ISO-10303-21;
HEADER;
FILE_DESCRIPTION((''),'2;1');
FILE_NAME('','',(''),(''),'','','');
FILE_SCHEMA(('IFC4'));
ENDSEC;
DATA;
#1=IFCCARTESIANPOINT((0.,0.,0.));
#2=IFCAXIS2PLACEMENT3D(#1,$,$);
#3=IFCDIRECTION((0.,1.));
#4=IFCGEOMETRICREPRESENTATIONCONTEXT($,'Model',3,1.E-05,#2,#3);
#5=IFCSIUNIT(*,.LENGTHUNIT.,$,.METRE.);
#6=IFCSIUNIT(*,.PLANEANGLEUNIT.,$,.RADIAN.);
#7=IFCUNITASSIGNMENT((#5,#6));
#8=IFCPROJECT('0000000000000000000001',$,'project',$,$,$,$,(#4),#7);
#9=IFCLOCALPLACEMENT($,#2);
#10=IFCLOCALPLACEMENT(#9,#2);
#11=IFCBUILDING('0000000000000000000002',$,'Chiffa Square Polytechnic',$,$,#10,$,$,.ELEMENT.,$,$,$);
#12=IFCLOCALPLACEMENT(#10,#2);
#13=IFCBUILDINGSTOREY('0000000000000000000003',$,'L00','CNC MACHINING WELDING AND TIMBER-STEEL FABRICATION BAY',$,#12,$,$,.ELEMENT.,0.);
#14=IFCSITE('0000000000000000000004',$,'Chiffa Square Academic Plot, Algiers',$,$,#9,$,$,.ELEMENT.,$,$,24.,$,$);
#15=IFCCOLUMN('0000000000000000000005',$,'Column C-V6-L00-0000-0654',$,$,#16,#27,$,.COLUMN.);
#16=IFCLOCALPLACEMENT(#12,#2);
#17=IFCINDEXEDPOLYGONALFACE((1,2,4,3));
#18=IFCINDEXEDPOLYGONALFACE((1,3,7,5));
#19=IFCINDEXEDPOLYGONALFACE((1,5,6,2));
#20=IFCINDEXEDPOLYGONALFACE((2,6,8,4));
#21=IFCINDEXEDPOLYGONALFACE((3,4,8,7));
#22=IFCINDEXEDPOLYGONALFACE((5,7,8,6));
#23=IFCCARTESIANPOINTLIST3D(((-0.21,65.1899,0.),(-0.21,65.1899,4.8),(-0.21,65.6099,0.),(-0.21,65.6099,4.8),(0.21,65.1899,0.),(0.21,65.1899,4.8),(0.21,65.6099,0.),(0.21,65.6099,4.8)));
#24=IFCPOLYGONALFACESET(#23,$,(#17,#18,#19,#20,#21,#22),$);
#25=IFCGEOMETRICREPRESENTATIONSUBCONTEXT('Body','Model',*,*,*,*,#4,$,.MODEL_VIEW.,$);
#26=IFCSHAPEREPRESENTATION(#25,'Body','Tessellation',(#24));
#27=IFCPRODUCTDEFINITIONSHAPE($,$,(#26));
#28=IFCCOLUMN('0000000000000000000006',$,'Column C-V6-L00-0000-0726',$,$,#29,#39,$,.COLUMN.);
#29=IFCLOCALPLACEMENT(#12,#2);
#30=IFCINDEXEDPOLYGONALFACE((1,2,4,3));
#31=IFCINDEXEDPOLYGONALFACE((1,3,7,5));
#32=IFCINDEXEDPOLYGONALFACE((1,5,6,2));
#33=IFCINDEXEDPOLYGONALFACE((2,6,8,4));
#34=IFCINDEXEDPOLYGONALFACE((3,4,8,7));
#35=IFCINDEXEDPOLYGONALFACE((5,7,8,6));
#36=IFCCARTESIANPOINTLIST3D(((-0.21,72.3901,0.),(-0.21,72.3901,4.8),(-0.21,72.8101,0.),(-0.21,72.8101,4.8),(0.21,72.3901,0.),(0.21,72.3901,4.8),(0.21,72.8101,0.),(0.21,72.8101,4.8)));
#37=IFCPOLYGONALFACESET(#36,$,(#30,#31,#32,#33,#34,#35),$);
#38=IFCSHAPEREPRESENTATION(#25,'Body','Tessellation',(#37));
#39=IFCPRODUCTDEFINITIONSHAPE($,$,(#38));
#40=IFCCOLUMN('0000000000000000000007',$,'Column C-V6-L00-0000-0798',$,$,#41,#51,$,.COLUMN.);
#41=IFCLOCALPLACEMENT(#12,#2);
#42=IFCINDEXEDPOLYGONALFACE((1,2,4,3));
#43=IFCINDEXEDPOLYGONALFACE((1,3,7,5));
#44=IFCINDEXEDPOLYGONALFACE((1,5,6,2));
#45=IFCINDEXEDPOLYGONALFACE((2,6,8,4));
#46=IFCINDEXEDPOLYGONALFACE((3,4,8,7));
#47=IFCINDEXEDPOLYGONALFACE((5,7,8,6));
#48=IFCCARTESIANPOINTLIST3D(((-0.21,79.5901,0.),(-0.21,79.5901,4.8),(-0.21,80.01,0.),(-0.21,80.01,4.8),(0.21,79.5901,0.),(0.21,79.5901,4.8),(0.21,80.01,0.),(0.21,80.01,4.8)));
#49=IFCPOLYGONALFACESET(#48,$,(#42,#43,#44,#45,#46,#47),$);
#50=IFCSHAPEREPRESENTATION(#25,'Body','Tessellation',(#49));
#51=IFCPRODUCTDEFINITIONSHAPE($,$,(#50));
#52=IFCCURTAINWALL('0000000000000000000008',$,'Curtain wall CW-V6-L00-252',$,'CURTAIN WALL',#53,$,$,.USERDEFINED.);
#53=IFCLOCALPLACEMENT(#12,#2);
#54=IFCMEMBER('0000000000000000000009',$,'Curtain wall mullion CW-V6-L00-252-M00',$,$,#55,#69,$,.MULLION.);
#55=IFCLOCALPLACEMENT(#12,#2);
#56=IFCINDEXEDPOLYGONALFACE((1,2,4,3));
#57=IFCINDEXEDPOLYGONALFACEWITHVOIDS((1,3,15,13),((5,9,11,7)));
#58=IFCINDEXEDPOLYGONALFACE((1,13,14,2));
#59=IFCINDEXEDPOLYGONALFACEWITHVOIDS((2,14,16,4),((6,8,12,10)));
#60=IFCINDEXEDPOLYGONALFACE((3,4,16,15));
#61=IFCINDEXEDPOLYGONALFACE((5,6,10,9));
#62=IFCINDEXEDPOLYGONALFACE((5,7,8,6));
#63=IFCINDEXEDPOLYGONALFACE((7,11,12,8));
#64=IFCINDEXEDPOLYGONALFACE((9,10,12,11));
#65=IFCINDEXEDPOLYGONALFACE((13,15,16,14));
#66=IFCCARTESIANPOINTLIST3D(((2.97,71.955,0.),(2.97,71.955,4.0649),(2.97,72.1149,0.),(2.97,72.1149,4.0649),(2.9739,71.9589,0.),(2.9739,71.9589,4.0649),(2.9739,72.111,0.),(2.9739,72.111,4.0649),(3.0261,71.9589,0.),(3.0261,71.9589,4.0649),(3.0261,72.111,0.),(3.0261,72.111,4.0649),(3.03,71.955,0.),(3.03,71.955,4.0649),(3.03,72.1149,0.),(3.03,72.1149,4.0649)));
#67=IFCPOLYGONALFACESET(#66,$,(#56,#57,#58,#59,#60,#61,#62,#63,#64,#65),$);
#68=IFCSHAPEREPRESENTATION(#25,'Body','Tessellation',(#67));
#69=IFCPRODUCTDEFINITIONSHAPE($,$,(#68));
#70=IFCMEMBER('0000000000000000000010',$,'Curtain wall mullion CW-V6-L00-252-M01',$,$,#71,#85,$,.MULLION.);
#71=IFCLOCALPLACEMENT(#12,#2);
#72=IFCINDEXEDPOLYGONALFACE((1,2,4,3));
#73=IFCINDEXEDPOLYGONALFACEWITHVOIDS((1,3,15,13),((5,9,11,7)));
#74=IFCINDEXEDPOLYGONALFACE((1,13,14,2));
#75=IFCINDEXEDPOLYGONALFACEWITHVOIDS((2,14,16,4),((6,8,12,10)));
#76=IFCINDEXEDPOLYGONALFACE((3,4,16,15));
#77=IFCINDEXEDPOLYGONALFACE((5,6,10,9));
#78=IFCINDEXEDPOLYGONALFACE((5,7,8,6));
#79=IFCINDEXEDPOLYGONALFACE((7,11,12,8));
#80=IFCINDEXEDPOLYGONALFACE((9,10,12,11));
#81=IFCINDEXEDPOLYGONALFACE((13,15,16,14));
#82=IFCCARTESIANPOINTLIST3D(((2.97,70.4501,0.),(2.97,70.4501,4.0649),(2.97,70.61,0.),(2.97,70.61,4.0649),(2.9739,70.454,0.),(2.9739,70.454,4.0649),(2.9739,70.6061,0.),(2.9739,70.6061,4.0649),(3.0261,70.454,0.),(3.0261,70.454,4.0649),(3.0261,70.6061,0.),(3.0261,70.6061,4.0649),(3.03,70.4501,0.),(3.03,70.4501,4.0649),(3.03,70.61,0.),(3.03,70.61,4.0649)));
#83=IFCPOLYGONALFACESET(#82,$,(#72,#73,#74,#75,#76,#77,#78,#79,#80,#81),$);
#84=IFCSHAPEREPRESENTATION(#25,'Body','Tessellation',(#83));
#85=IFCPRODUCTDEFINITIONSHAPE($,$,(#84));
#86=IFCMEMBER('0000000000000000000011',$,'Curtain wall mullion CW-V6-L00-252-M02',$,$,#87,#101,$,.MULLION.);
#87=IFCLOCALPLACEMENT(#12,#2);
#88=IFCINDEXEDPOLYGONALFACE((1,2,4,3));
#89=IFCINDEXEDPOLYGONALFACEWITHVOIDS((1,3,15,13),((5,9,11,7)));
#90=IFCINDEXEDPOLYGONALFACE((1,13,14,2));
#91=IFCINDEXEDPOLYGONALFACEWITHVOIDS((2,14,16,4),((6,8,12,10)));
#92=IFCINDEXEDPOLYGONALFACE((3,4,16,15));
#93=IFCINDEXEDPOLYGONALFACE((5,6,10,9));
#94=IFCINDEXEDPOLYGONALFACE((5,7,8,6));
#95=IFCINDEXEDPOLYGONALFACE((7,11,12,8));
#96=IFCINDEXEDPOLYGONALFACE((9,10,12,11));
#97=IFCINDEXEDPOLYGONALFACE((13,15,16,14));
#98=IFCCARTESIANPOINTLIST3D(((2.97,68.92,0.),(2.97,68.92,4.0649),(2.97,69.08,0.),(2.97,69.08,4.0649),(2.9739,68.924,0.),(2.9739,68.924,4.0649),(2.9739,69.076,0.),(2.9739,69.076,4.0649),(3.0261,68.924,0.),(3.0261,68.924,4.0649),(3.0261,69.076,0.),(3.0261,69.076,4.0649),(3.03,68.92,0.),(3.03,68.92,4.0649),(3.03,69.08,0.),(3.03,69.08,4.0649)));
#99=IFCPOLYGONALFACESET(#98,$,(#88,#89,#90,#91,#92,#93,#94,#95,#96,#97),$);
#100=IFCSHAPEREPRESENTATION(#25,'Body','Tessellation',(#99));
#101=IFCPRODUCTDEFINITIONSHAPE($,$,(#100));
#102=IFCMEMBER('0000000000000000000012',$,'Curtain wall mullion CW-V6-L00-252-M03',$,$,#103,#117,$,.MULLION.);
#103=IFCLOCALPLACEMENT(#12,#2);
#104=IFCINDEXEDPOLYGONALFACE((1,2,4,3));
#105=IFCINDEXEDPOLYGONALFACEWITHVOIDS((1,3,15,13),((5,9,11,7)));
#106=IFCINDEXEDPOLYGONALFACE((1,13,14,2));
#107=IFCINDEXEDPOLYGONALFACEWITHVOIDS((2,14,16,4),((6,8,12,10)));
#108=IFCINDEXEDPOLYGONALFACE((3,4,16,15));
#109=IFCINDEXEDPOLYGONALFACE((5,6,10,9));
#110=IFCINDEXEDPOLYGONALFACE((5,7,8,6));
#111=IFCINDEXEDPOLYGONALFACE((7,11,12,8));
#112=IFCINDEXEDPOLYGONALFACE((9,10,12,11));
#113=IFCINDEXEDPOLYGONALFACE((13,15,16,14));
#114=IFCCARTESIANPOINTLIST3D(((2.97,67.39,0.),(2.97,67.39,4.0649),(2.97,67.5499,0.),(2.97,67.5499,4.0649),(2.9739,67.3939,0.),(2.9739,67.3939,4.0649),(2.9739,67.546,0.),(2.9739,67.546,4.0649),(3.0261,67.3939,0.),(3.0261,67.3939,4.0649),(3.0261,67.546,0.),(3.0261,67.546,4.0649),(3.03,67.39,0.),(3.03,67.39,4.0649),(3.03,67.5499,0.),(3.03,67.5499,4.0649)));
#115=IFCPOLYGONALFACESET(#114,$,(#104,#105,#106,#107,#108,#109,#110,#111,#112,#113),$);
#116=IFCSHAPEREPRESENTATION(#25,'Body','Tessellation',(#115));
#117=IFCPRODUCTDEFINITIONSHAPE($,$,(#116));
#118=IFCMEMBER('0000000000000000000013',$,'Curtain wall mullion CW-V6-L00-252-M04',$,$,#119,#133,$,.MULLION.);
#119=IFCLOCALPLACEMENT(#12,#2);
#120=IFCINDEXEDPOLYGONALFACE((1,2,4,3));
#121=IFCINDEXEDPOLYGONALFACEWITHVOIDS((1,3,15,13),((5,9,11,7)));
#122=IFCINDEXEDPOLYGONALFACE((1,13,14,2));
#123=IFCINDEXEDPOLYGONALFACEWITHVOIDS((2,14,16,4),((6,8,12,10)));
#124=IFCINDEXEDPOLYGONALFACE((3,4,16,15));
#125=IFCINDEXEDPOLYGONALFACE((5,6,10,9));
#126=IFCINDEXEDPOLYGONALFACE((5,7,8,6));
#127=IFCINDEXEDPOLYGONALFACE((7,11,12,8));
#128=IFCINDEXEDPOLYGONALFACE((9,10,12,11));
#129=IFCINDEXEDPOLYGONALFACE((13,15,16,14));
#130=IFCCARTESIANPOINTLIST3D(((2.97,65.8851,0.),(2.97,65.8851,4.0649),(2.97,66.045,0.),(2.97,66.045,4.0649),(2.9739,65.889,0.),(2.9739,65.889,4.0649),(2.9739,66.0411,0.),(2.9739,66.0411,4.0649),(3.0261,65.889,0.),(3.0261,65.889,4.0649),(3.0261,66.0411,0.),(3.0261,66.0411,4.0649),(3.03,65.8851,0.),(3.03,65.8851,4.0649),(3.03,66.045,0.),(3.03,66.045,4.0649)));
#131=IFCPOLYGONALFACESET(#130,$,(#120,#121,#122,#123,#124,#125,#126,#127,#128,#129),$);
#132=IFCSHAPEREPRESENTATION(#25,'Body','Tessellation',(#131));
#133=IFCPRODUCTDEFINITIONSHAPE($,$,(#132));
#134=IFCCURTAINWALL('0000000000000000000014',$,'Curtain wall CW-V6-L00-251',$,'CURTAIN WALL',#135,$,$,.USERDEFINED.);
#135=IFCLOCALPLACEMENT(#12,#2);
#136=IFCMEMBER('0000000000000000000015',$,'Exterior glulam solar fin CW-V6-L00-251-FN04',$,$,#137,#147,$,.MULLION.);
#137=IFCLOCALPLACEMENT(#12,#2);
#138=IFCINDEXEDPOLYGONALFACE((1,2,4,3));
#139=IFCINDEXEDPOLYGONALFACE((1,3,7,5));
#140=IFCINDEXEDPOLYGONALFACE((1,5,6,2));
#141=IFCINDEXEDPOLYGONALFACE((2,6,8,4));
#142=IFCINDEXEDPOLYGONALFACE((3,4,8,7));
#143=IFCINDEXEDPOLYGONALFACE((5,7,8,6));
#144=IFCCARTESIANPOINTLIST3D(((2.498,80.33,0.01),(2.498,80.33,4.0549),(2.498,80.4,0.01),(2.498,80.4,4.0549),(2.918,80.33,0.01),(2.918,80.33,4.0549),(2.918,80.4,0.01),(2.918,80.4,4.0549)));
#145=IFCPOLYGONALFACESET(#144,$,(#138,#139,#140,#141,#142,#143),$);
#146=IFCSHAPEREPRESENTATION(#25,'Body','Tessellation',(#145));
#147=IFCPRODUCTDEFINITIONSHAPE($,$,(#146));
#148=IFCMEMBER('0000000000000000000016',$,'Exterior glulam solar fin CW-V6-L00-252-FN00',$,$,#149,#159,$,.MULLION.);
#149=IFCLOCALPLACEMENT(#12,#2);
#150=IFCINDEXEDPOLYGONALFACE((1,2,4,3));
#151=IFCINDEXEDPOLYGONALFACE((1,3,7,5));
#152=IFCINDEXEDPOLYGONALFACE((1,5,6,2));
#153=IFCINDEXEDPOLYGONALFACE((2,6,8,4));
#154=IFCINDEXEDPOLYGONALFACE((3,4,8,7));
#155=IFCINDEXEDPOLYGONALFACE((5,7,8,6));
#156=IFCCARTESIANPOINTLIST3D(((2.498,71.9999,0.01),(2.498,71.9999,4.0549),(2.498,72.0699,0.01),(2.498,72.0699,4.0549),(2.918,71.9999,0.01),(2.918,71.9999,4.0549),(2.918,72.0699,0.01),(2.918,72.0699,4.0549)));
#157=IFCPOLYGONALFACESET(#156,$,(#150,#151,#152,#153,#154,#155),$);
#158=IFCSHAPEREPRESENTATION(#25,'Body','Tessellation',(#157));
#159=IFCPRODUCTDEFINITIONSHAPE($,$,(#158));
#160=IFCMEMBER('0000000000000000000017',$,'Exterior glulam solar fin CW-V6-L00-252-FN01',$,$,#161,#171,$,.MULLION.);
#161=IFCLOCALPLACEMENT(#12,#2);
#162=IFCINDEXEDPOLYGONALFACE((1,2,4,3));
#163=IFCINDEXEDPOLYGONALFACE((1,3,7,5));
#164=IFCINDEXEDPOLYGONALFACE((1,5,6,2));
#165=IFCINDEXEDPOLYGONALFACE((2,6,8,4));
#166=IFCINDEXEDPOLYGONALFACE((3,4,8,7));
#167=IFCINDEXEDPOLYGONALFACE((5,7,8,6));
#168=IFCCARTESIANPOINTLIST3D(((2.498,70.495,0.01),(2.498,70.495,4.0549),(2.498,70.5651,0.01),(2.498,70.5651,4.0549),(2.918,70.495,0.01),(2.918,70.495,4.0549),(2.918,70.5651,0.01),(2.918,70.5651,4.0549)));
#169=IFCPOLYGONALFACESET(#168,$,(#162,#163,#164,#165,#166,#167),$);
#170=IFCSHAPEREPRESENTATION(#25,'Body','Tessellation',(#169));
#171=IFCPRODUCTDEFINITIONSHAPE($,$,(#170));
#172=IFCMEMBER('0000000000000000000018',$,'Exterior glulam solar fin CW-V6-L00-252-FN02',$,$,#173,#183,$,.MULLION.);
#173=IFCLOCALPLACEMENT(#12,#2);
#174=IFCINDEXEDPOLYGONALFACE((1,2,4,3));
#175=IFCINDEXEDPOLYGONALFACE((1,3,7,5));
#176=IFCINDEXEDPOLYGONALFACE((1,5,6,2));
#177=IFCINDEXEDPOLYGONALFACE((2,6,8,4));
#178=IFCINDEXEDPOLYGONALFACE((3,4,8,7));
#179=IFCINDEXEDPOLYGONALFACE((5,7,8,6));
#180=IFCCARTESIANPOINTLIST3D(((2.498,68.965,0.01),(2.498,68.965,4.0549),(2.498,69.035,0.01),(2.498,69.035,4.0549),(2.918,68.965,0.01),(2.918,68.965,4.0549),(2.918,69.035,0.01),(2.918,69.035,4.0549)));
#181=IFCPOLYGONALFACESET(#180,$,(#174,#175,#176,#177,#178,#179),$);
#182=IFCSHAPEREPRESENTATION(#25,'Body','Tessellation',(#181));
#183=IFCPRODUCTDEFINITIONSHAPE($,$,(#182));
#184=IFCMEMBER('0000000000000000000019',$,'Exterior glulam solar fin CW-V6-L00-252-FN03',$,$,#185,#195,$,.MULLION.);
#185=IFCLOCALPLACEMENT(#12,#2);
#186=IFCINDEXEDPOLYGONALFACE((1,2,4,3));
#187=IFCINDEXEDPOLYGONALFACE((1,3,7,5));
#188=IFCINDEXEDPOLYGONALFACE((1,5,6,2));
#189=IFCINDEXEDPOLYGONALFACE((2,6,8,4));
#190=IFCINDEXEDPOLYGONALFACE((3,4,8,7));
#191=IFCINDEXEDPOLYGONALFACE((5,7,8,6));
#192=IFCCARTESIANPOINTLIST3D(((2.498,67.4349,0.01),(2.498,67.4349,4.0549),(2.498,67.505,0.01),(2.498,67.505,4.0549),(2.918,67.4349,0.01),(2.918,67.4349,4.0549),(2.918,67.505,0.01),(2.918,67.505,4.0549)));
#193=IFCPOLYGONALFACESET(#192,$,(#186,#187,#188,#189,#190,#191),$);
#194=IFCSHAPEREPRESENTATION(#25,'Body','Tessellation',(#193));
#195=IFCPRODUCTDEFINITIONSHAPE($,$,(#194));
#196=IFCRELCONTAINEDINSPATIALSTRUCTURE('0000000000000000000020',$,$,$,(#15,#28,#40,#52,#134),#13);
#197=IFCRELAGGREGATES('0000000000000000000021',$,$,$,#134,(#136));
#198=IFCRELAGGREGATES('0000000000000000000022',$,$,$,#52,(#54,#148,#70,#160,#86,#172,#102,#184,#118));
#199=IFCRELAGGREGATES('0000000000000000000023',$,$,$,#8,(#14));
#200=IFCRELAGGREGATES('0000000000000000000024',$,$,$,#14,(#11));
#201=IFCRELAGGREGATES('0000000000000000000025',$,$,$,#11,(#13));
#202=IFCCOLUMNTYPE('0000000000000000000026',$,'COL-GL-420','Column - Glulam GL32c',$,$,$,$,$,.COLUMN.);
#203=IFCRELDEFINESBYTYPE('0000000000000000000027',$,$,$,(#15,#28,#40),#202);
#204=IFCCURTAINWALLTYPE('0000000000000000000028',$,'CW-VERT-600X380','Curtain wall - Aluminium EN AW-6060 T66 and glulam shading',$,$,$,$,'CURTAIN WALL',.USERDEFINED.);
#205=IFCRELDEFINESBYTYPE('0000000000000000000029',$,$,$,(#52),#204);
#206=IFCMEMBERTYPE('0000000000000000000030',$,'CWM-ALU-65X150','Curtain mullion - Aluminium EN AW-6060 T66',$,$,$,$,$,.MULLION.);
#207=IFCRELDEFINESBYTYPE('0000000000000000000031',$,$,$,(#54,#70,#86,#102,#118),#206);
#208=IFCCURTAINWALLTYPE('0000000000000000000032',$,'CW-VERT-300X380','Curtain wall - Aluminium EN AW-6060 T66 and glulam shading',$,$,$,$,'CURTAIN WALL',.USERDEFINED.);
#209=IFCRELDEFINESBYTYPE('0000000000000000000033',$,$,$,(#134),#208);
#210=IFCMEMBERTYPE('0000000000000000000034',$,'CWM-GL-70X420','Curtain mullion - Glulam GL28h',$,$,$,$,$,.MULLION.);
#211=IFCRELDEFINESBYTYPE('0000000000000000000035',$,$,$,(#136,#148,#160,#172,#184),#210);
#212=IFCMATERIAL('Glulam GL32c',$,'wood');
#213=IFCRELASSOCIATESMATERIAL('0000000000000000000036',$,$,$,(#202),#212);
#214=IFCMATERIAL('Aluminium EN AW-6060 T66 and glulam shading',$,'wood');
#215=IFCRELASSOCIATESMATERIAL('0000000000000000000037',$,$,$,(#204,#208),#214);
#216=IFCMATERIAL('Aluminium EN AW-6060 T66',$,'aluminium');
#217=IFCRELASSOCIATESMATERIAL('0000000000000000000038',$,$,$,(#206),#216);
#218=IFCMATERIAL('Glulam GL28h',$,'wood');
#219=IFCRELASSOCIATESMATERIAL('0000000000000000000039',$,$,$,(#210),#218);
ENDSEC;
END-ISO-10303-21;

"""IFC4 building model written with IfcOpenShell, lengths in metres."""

from ifc_helpers import new_model, si_unit, direction, frame, origin, origin_2d, place, context, subcontext, project, spatial, rectangle, hollow_rectangle, extrude, material, material_profile, profile_set, type_object, element, aggregate, save


model = new_model("IFC4")

# Units and contexts
model_context = context("Model", 3, precision=1e-05, world=origin(), true_north=direction((0.0, 1.0)))
body_context = subcontext(model_context, "Body", "Model", "MODEL_VIEW")
ifc_project = project(units=[si_unit("LENGTHUNIT", "METRE"), si_unit("PLANEANGLEUNIT", "RADIAN")], contexts=[model_context])

# Site, building, storey
site_placement = place(None, origin())
site = spatial("IfcSite", under=ifc_project, at=site_placement, Name="Chiffa Square Academic Plot, Algiers", CompositionType="ELEMENT", RefElevation=24.0)
building_placement = place(site_placement, origin())
building = spatial("IfcBuilding", under=site, at=building_placement, Name="Chiffa Square Polytechnic", CompositionType="ELEMENT")
storey_placement = place(building_placement, origin())
storey = spatial("IfcBuildingStorey", under=building, at=storey_placement, Name="L00", Description="CNC MACHINING WELDING AND TIMBER-STEEL FABRICATION BAY", CompositionType="ELEMENT", Elevation=0.0)

# Columns
ifc_material_1 = material(Name="Glulam GL32c", Category="wood")
ifc_material_profile_1 = material_profile(ifc_material_1, rectangle(XDim=0.4199, YDim=0.4199, at=origin_2d()), Name="GL32c 420x420")
ifc_profile_set_1 = profile_set([ifc_material_profile_1], Name="Glulam GL32c")
column_type = type_object("IfcColumnType", Name="COL-GL-420", Description="Column - Glulam GL32c", PredefinedType="COLUMN", material=ifc_profile_set_1)
for number, where, z_axis, x_axis, name in (
    (1, (0.0, 65.3999, 0.0), (0.0, 0.0, 1.0), (1.0, 0.0, 0.0), "Column C-V6-L00-0000-0654"),
    (2, (0.0, 72.6001, 0.0), (0.0, 0.0, 1.0), (1.0, 0.0, 0.0), "Column C-V6-L00-0000-0726"),
    (3, (0.0, 79.8, 0.0), (0.0, 0.0, 1.0), (1.0, 0.0, 0.0), "Column C-V6-L00-0000-0798"),
):
    element("IfcColumn", number, at=place(storey_placement, frame(where, z_axis=z_axis, x_axis=x_axis)), inside=storey, type_object=column_type, Name=name, PredefinedType="COLUMN", context=body_context, shape_type="SweptSolid", body=[
        extrude(rectangle(XDim=0.4199, YDim=0.4199, at=origin_2d()), origin(), (0.0, 0.0, 1.0), 4.8),
    ])

# Curtain wall, members
ifc_material_2 = material(Name="Aluminium EN AW-6060 T66 and glulam shading", Category="wood")
curtain_wall_type_1 = type_object("IfcCurtainWallType", Name="CW-VERT-600X380", Description="Curtain wall - Aluminium EN AW-6060 T66 and glulam shading", ElementType="CURTAIN WALL", PredefinedType="USERDEFINED", material=ifc_material_2)
curtain_wall_1_placement = place(storey_placement, origin())
curtain_wall_1 = element("IfcCurtainWall", 4, at=curtain_wall_1_placement, inside=storey, type_object=curtain_wall_type_1, Name="Curtain wall CW-V6-L00-252", ObjectType="CURTAIN WALL", PredefinedType="USERDEFINED")
ifc_material_3 = material(Name="Aluminium EN AW-6060 T66", Category="aluminium")
ifc_material_profile_2 = material_profile(ifc_material_3, hollow_rectangle(XDim=0.0601, YDim=0.1599, WallThickness=0.0039, at=origin_2d()), Name="ALU 60x160x4")
ifc_profile_set_2 = profile_set([ifc_material_profile_2], Name="Aluminium EN AW-6060 T66")
member_type_1 = type_object("IfcMemberType", Name="CWM-ALU-65X150", Description="Curtain mullion - Aluminium EN AW-6060 T66", PredefinedType="MULLION", material=ifc_profile_set_2)
member_1_placement = place(storey_placement, frame((3.0, 72.0349, 0.0), z_axis=(0.0, 0.0, 1.0), x_axis=(1.0, 0.0, 0.0)))
member_1 = element("IfcMember", 5, at=member_1_placement, type_object=member_type_1, Name="Curtain wall mullion CW-V6-L00-252-M00", PredefinedType="MULLION", context=body_context, shape_type="SweptSolid", body=[
    extrude(hollow_rectangle(XDim=0.0601, YDim=0.1599, WallThickness=0.0039, at=origin_2d()), origin(), (0.0, 0.0, 1.0), 4.0649),
])
member_2_placement = place(storey_placement, frame((3.0, 70.53, 0.0), z_axis=(0.0, 0.0, 1.0), x_axis=(1.0, 0.0, 0.0)))
member_2 = element("IfcMember", 6, at=member_2_placement, type_object=member_type_1, Name="Curtain wall mullion CW-V6-L00-252-M01", PredefinedType="MULLION", context=body_context, shape_type="SweptSolid", body=[
    extrude(hollow_rectangle(XDim=0.0601, YDim=0.1599, WallThickness=0.0039, at=origin_2d()), origin(), (0.0, 0.0, 1.0), 4.0649),
])
member_3_placement = place(storey_placement, frame((3.0, 69.0, 0.0), z_axis=(0.0, 0.0, 1.0), x_axis=(1.0, 0.0, 0.0)))
member_3 = element("IfcMember", 7, at=member_3_placement, type_object=member_type_1, Name="Curtain wall mullion CW-V6-L00-252-M02", PredefinedType="MULLION", context=body_context, shape_type="SweptSolid", body=[
    extrude(hollow_rectangle(XDim=0.0601, YDim=0.1599, WallThickness=0.0039, at=origin_2d()), origin(), (0.0, 0.0, 1.0), 4.0649),
])
member_4_placement = place(storey_placement, frame((3.0, 67.47, 0.0), z_axis=(0.0, 0.0, 1.0), x_axis=(1.0, 0.0, 0.0)))
member_4 = element("IfcMember", 8, at=member_4_placement, type_object=member_type_1, Name="Curtain wall mullion CW-V6-L00-252-M03", PredefinedType="MULLION", context=body_context, shape_type="SweptSolid", body=[
    extrude(hollow_rectangle(XDim=0.0601, YDim=0.1599, WallThickness=0.0039, at=origin_2d()), origin(), (0.0, 0.0, 1.0), 4.0649),
])
member_5_placement = place(storey_placement, frame((3.0, 65.9651, 0.0), z_axis=(0.0, 0.0, 1.0), x_axis=(1.0, 0.0, 0.0)))
member_5 = element("IfcMember", 9, at=member_5_placement, type_object=member_type_1, Name="Curtain wall mullion CW-V6-L00-252-M04", PredefinedType="MULLION", context=body_context, shape_type="SweptSolid", body=[
    extrude(hollow_rectangle(XDim=0.0601, YDim=0.1599, WallThickness=0.0039, at=origin_2d()), origin(), (0.0, 0.0, 1.0), 4.0649),
])

# Curtain wall, member
curtain_wall_type_2 = type_object("IfcCurtainWallType", Name="CW-VERT-300X380", Description="Curtain wall - Aluminium EN AW-6060 T66 and glulam shading", ElementType="CURTAIN WALL", PredefinedType="USERDEFINED", material=ifc_material_2)
curtain_wall_2_placement = place(storey_placement, origin())
curtain_wall_2 = element("IfcCurtainWall", 10, at=curtain_wall_2_placement, inside=storey, type_object=curtain_wall_type_2, Name="Curtain wall CW-V6-L00-251", ObjectType="CURTAIN WALL", PredefinedType="USERDEFINED")
ifc_material_4 = material(Name="Glulam GL28h", Category="wood")
ifc_material_profile_3 = material_profile(ifc_material_4, rectangle(XDim=0.0701, YDim=0.4199, at=origin_2d()), Name="GL28h 70x420")
ifc_profile_set_3 = profile_set([ifc_material_profile_3], Name="Glulam GL28h")
member_type_2 = type_object("IfcMemberType", Name="CWM-GL-70X420", Description="Curtain mullion - Glulam GL28h", PredefinedType="MULLION", material=ifc_profile_set_3)
member_6_placement = place(storey_placement, frame((2.708, 80.365, 0.01), z_axis=(0.0, 0.0, 1.0), x_axis=(0.0, -1.0, 0.0)))
member_6 = element("IfcMember", 11, at=member_6_placement, type_object=member_type_2, Name="Exterior glulam solar fin CW-V6-L00-251-FN04", PredefinedType="MULLION", context=body_context, shape_type="SweptSolid", body=[
    extrude(rectangle(XDim=0.0701, YDim=0.4199, at=origin_2d()), origin(), (0.0, 0.0, 1.0), 4.0449),
])
aggregate(curtain_wall_2, [member_6])

# Members
member_7_placement = place(storey_placement, frame((2.708, 72.0349, 0.01), z_axis=(0.0, 0.0, 1.0), x_axis=(0.0, -1.0, 0.0)))
member_7 = element("IfcMember", 12, at=member_7_placement, type_object=member_type_2, Name="Exterior glulam solar fin CW-V6-L00-252-FN00", PredefinedType="MULLION", context=body_context, shape_type="SweptSolid", body=[
    extrude(rectangle(XDim=0.0701, YDim=0.4199, at=origin_2d()), origin(), (0.0, 0.0, 1.0), 4.0449),
])
member_8_placement = place(storey_placement, frame((2.708, 70.53, 0.01), z_axis=(0.0, 0.0, 1.0), x_axis=(0.0, -1.0, 0.0)))
member_8 = element("IfcMember", 13, at=member_8_placement, type_object=member_type_2, Name="Exterior glulam solar fin CW-V6-L00-252-FN01", PredefinedType="MULLION", context=body_context, shape_type="SweptSolid", body=[
    extrude(rectangle(XDim=0.0701, YDim=0.4199, at=origin_2d()), origin(), (0.0, 0.0, 1.0), 4.0449),
])
member_9_placement = place(storey_placement, frame((2.708, 69.0, 0.01), z_axis=(0.0, 0.0, 1.0), x_axis=(0.0, -1.0, 0.0)))
member_9 = element("IfcMember", 14, at=member_9_placement, type_object=member_type_2, Name="Exterior glulam solar fin CW-V6-L00-252-FN02", PredefinedType="MULLION", context=body_context, shape_type="SweptSolid", body=[
    extrude(rectangle(XDim=0.0701, YDim=0.4199, at=origin_2d()), origin(), (0.0, 0.0, 1.0), 4.0449),
])
member_10_placement = place(storey_placement, frame((2.708, 67.47, 0.01), z_axis=(0.0, 0.0, 1.0), x_axis=(0.0, -1.0, 0.0)))
member_10 = element("IfcMember", 15, at=member_10_placement, type_object=member_type_2, Name="Exterior glulam solar fin CW-V6-L00-252-FN03", PredefinedType="MULLION", context=body_context, shape_type="SweptSolid", body=[
    extrude(rectangle(XDim=0.0701, YDim=0.4199, at=origin_2d()), origin(), (0.0, 0.0, 1.0), 4.0449),
])

aggregate(curtain_wall_1, [member_1, member_7, member_2, member_8, member_3, member_9, member_4, member_10, member_5])

save(model, "model.ifc")
